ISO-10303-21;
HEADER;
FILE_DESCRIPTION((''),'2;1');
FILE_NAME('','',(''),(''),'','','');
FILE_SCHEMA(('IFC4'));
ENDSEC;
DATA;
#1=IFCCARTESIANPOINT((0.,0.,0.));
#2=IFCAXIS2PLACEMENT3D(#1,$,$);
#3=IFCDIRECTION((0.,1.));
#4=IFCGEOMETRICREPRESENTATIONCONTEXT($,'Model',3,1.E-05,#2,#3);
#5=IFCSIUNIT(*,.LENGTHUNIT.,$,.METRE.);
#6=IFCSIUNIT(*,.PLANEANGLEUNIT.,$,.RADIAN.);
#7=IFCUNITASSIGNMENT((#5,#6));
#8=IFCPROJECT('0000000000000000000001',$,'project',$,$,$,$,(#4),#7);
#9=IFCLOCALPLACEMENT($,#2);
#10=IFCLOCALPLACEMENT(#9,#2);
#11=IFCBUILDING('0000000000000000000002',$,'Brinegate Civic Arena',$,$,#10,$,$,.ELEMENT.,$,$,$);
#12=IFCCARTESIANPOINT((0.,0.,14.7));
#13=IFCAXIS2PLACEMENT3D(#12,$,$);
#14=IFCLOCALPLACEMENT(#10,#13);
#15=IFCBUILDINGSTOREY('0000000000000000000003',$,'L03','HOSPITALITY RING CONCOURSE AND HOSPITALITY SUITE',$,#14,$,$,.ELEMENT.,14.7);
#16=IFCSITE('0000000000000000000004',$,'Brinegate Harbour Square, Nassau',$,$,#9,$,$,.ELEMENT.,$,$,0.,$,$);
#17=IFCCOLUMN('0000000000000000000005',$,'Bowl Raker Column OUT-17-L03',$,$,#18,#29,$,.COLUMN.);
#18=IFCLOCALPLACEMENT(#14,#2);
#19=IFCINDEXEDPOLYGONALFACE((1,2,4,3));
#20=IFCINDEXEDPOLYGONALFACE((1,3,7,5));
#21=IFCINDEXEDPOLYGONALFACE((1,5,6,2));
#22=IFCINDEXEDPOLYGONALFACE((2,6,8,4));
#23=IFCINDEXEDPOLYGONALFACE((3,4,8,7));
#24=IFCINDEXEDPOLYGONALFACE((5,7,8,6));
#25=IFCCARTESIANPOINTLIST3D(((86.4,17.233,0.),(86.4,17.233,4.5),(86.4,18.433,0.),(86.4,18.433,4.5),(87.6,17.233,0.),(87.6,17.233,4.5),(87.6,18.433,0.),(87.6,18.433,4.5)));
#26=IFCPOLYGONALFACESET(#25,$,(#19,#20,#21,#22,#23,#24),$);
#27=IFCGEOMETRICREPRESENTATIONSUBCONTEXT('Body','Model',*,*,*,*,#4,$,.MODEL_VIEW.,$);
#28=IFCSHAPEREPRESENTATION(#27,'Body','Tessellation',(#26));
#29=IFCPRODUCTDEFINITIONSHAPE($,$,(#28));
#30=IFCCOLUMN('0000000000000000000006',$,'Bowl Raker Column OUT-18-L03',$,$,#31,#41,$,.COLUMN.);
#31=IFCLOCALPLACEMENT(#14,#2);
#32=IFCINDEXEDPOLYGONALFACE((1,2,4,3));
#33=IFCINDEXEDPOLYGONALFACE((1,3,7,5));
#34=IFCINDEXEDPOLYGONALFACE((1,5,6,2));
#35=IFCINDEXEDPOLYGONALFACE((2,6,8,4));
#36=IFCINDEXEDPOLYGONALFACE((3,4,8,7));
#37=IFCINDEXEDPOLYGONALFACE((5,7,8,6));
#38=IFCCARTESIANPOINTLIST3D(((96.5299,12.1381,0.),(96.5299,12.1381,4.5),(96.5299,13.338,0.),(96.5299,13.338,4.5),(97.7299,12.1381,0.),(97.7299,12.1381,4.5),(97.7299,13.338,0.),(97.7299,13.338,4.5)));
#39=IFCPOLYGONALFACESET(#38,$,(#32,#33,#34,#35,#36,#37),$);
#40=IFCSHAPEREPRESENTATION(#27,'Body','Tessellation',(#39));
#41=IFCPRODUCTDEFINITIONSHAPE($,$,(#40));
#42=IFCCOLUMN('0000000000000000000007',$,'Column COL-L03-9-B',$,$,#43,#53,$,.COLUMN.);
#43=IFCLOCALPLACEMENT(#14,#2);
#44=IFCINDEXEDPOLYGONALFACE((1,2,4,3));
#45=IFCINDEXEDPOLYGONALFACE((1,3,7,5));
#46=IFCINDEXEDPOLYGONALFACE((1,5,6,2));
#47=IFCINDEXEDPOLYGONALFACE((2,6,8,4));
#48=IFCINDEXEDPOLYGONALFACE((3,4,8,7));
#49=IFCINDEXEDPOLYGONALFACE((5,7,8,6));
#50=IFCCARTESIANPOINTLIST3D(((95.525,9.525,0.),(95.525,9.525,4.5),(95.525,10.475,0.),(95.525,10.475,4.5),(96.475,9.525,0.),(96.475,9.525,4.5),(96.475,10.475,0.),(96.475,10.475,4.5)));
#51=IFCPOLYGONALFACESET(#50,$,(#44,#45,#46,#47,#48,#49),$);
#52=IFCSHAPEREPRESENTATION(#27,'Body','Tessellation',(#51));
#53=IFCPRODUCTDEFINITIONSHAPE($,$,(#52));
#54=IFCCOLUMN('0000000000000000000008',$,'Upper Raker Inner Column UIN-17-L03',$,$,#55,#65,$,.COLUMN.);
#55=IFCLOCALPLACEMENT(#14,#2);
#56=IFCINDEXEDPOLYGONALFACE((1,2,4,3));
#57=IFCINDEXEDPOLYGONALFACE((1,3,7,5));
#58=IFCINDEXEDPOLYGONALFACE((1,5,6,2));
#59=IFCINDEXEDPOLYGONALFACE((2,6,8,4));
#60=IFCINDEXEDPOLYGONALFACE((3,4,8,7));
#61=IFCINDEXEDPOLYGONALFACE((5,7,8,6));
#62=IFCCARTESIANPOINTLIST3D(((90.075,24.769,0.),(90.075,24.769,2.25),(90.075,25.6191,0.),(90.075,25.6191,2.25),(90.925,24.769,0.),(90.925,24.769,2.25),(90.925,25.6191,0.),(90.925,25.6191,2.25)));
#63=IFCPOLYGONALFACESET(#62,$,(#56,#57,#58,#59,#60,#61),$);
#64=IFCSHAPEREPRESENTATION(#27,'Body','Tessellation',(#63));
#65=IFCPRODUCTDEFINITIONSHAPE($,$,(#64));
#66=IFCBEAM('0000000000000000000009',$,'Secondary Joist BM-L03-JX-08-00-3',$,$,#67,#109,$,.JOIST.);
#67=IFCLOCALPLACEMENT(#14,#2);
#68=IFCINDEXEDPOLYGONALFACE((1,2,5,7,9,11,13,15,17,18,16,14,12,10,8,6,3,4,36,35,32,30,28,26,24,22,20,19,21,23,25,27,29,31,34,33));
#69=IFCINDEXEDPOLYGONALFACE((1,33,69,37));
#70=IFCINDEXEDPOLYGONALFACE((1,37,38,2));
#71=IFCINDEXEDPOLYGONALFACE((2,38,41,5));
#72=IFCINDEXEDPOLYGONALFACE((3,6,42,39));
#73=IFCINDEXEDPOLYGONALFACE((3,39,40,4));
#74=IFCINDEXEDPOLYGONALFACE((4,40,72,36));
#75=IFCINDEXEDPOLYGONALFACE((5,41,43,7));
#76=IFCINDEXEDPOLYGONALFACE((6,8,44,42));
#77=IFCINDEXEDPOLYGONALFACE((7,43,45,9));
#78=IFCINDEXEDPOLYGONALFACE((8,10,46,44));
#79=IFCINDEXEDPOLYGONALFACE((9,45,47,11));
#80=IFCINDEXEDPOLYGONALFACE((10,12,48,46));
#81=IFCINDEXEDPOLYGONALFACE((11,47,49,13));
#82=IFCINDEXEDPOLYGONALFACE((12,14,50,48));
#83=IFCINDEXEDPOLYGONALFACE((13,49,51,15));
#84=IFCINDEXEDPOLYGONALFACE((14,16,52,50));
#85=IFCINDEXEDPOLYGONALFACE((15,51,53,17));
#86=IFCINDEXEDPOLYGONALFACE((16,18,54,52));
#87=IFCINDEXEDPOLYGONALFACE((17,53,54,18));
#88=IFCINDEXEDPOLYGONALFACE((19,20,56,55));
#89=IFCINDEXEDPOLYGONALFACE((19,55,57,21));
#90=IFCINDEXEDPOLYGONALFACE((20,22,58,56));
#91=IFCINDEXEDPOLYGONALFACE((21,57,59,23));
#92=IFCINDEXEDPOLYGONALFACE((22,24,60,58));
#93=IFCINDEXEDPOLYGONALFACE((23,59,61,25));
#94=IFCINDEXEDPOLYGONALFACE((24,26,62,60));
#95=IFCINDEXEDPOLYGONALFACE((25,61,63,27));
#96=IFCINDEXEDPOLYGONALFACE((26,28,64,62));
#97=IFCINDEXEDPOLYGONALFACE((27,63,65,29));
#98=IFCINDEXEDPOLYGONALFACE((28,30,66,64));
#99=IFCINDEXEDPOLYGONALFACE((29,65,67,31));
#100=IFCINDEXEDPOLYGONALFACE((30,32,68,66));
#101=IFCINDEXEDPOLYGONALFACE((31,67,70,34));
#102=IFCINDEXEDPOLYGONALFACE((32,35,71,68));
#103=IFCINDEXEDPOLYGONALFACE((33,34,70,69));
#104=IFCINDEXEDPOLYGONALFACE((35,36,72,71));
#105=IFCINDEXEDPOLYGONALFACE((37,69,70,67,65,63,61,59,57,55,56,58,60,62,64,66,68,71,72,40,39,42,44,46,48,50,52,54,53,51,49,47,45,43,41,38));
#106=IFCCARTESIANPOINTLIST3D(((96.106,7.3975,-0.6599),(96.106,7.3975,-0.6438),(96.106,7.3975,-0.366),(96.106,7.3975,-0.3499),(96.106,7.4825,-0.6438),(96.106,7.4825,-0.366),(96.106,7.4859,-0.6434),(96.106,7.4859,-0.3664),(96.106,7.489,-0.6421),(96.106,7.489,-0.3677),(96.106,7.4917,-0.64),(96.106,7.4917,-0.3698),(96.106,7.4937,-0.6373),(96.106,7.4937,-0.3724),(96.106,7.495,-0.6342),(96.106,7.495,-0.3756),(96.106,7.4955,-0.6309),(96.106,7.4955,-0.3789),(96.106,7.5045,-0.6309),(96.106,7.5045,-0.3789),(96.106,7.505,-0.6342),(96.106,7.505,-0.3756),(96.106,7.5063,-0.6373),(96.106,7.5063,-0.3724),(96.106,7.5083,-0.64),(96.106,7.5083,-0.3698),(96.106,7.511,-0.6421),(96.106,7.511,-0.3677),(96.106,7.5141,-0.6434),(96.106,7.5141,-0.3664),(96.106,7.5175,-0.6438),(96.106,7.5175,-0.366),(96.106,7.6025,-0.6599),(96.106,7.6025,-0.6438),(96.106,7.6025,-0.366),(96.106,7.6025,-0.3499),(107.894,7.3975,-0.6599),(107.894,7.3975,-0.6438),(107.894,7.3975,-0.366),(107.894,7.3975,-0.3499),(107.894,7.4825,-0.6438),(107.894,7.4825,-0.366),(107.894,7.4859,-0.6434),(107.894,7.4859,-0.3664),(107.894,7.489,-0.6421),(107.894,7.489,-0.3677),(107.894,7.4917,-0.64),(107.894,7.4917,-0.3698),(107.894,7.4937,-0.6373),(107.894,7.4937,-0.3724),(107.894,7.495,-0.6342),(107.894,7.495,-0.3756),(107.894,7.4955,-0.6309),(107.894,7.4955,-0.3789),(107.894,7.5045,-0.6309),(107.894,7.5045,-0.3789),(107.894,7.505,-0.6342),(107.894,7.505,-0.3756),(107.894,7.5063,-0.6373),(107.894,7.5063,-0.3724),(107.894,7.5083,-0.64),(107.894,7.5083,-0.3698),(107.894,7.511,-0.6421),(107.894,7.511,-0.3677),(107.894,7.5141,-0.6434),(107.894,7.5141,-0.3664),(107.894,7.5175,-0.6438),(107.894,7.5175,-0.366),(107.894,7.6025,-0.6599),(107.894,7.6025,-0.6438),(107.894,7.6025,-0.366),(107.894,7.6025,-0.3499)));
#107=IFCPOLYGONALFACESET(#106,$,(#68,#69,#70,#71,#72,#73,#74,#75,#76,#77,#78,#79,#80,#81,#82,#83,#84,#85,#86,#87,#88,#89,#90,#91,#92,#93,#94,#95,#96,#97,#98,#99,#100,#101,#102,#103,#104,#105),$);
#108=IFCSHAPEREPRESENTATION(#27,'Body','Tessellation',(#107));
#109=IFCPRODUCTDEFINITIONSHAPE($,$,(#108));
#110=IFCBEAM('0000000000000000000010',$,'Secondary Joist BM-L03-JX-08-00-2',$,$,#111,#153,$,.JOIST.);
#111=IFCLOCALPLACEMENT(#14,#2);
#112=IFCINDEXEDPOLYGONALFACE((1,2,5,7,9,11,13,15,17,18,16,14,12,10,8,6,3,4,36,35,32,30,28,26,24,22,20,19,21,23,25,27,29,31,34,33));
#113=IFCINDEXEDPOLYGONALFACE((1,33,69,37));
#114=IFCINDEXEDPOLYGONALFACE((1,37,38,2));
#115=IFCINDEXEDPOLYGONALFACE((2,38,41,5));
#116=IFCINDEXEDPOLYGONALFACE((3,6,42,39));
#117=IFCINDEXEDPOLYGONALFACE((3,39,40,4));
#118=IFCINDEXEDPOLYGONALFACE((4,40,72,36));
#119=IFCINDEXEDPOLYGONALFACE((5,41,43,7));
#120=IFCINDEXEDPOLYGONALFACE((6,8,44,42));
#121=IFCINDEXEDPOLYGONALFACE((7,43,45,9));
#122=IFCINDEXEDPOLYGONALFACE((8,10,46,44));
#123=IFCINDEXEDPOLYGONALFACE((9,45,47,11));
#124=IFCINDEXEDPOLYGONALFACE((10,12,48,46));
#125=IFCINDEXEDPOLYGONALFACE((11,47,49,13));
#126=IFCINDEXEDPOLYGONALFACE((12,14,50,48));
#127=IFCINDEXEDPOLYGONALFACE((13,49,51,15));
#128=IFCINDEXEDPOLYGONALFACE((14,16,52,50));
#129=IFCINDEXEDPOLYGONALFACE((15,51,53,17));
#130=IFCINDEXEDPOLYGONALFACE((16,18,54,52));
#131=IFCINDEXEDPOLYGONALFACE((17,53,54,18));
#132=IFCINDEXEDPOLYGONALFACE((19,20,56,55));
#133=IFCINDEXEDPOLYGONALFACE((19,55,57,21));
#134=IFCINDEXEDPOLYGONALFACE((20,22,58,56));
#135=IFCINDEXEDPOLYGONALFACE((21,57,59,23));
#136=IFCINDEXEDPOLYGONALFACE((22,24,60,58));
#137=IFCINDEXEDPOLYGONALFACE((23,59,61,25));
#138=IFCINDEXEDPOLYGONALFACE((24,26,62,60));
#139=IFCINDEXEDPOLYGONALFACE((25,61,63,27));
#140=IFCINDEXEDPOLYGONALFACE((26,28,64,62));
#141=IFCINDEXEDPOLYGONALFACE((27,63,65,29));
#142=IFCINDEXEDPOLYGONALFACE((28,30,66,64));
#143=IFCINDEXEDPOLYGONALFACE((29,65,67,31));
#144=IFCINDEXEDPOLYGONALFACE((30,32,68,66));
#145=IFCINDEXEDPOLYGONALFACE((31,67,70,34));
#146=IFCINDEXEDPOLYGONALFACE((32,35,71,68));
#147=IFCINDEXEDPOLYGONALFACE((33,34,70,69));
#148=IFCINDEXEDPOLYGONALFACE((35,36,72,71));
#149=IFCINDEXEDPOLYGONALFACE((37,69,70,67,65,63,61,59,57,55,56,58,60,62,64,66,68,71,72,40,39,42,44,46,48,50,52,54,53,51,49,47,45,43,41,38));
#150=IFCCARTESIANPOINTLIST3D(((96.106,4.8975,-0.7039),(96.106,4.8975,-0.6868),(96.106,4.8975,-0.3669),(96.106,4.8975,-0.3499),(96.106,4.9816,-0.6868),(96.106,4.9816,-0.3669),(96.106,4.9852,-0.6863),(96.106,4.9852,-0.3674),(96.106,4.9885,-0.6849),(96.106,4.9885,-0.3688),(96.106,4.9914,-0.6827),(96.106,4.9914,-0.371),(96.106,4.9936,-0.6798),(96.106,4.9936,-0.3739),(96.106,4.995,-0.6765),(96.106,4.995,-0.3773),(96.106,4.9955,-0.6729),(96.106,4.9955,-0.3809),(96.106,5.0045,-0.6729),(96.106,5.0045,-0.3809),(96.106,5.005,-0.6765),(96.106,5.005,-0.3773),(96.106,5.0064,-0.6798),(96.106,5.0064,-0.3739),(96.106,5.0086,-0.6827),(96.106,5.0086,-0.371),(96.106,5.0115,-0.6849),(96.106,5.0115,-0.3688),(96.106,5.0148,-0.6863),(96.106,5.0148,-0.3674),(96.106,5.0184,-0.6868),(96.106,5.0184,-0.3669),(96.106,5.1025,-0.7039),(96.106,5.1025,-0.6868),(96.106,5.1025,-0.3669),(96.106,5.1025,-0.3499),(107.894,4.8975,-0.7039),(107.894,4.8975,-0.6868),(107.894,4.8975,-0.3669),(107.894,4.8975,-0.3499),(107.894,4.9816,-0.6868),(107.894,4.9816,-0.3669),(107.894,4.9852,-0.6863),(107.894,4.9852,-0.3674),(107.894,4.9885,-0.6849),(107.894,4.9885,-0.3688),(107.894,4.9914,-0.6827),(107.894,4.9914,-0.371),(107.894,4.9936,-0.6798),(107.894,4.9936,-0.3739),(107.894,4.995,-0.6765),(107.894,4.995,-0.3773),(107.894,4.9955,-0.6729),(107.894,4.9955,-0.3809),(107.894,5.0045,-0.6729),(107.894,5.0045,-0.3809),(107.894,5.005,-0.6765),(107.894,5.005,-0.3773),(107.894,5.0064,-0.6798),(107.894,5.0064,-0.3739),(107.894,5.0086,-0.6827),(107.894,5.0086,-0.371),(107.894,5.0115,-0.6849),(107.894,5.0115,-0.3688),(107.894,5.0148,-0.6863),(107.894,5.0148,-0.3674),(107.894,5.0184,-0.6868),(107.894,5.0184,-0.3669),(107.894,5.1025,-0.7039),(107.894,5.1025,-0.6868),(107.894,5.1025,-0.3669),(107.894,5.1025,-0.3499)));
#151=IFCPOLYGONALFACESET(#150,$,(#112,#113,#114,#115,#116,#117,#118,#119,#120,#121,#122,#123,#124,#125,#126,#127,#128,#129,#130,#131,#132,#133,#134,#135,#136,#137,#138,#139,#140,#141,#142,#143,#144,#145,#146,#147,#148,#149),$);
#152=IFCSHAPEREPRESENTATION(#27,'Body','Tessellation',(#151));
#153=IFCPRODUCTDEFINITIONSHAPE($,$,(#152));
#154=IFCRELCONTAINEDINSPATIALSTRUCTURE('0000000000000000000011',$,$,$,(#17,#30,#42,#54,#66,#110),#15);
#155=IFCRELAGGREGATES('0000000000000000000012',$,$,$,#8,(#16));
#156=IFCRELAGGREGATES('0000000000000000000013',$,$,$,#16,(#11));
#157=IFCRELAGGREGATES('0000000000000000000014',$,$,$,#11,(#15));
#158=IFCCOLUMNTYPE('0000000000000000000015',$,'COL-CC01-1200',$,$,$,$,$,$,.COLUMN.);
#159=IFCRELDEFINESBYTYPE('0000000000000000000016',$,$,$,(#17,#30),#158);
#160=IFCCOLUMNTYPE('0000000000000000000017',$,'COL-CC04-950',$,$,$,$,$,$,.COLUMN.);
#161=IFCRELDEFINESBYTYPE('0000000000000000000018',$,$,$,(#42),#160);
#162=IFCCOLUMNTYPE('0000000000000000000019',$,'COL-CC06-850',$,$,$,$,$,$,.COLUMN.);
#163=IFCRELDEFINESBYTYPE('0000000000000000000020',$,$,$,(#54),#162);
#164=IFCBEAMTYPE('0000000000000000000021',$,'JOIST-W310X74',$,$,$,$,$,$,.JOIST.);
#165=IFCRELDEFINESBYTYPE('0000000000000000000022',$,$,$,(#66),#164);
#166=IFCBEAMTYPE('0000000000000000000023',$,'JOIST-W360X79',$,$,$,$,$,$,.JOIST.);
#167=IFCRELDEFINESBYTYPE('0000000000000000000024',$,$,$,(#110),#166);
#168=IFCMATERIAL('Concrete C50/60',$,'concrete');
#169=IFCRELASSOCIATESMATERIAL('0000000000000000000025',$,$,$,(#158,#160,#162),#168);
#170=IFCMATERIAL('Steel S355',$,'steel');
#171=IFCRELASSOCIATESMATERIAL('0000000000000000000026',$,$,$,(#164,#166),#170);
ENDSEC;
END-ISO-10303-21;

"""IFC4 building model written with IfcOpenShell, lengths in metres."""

from ifc_helpers import new_model, si_unit, direction, frame, origin, origin_2d, place, context, subcontext, project, spatial, rectangle, i_section, extrude, material, material_profile, profile_set, type_object, element, save


model = new_model("IFC4")

# Units and contexts
model_context = context("Model", 3, precision=1e-05, world=origin(), true_north=direction((0.0, 1.0)))
body_context = subcontext(model_context, "Body", "Model", "MODEL_VIEW")
ifc_project = project(units=[si_unit("LENGTHUNIT", "METRE"), si_unit("PLANEANGLEUNIT", "RADIAN")], contexts=[model_context])

# Site, building, storey
site_placement = place(None, origin())
site = spatial("IfcSite", under=ifc_project, at=site_placement, Name="Brinegate Harbour Square, Nassau", CompositionType="ELEMENT", RefElevation=0.0)
building_placement = place(site_placement, origin())
building = spatial("IfcBuilding", under=site, at=building_placement, Name="Brinegate Civic Arena", CompositionType="ELEMENT")
storey_placement = place(building_placement, frame((0.0, 0.0, 14.7)))
storey = spatial("IfcBuildingStorey", under=building, at=storey_placement, Name="L03", Description="HOSPITALITY RING CONCOURSE AND HOSPITALITY SUITE", CompositionType="ELEMENT", Elevation=14.7)

# Columns
ifc_material_1 = material(Name="Concrete C50/60", Category="concrete")
ifc_material_profile_1 = material_profile(ifc_material_1, rectangle(XDim=1.2, YDim=1.2, at=origin_2d()), Name="RC1200X1200")
ifc_profile_set_1 = profile_set([ifc_material_profile_1], Name="Concrete C50/60")
column_type_1 = type_object("IfcColumnType", Name="COL-CC01-1200", PredefinedType="COLUMN", material=ifc_profile_set_1)
for number, where, z_axis, x_axis, name in (
    (1, (87.0, 17.833, 0.0), (0.0, 0.0, 1.0), (1.0, 0.0, 0.0), "Bowl Raker Column OUT-17-L03"),
    (2, (97.1299, 12.738, 0.0), (0.0, 0.0, 1.0), (1.0, 0.0, 0.0), "Bowl Raker Column OUT-18-L03"),
):
    element("IfcColumn", number, at=place(storey_placement, frame(where, z_axis=z_axis, x_axis=x_axis)), inside=storey, type_object=column_type_1, Name=name, PredefinedType="COLUMN", context=body_context, shape_type="SweptSolid", body=[
        extrude(rectangle(XDim=1.2, YDim=1.2, at=origin_2d()), origin(), (0.0, 0.0, 1.0), 4.5),
    ])
ifc_material_profile_2 = material_profile(ifc_material_1, rectangle(XDim=0.95, YDim=0.95, at=origin_2d()), Name="RC950X950")
ifc_profile_set_2 = profile_set([ifc_material_profile_2], Name="Concrete C50/60")
column_type_2 = type_object("IfcColumnType", Name="COL-CC04-950", PredefinedType="COLUMN", material=ifc_profile_set_2)
column_1_placement = place(storey_placement, frame((96.0, 10.0, 0.0), z_axis=(0.0, 0.0, 1.0), x_axis=(1.0, 0.0, 0.0)))
element("IfcColumn", 3, at=column_1_placement, inside=storey, type_object=column_type_2, Name="Column COL-L03-9-B", PredefinedType="COLUMN", context=body_context, shape_type="SweptSolid", body=[
    extrude(rectangle(XDim=0.95, YDim=0.95, at=origin_2d()), origin(), (0.0, 0.0, 1.0), 4.5),
])
ifc_material_profile_3 = material_profile(ifc_material_1, rectangle(XDim=0.8501, YDim=0.8501, at=origin_2d()), Name="RC850X850")
ifc_profile_set_3 = profile_set([ifc_material_profile_3], Name="Concrete C50/60")
column_type_3 = type_object("IfcColumnType", Name="COL-CC06-850", PredefinedType="COLUMN", material=ifc_profile_set_3)
column_2_placement = place(storey_placement, frame((90.5, 25.1941, 0.0), z_axis=(0.0, 0.0, 1.0), x_axis=(1.0, 0.0, 0.0)))
element("IfcColumn", 4, at=column_2_placement, inside=storey, type_object=column_type_3, Name="Upper Raker Inner Column UIN-17-L03", PredefinedType="COLUMN", context=body_context, shape_type="SweptSolid", body=[
    extrude(rectangle(XDim=0.8501, YDim=0.8501, at=origin_2d()), origin(), (0.0, 0.0, 1.0), 2.25),
])

# Beams
ifc_material_2 = material(Name="Steel S355", Category="steel")
ifc_material_profile_4 = material_profile(ifc_material_2, i_section(OverallWidth=0.2051, OverallDepth=0.3101, WebThickness=0.009, FlangeThickness=0.0161, FilletRadius=0.0129, at=origin_2d()), Name="W310X74")
ifc_profile_set_4 = profile_set([ifc_material_profile_4], Name="Steel S355")
beam_type_1 = type_object("IfcBeamType", Name="JOIST-W310X74", PredefinedType="JOIST", material=ifc_profile_set_4)
beam_1_placement = place(storey_placement, frame((96.106, 7.5, -0.5049), z_axis=(1.0, 0.0, 0.0), x_axis=(0.0, 1.0, 0.0)))
element("IfcBeam", 5, at=beam_1_placement, inside=storey, type_object=beam_type_1, Name="Secondary Joist BM-L03-JX-08-00-3", PredefinedType="JOIST", context=body_context, shape_type="SweptSolid", body=[
    extrude(i_section(OverallWidth=0.2051, OverallDepth=0.3101, WebThickness=0.009, FlangeThickness=0.0161, FilletRadius=0.0129, at=origin_2d()), origin(), (0.0, 0.0, 1.0), 11.7881),
])
ifc_material_profile_5 = material_profile(ifc_material_2, i_section(OverallWidth=0.2051, OverallDepth=0.354, WebThickness=0.009, FlangeThickness=0.0171, FilletRadius=0.0139, at=origin_2d()), Name="W360X79")
ifc_profile_set_5 = profile_set([ifc_material_profile_5], Name="Steel S355")
beam_type_2 = type_object("IfcBeamType", Name="JOIST-W360X79", PredefinedType="JOIST", material=ifc_profile_set_5)
beam_2_placement = place(storey_placement, frame((96.106, 5.0, -0.5269), z_axis=(1.0, 0.0, 0.0), x_axis=(0.0, 1.0, 0.0)))
element("IfcBeam", 6, at=beam_2_placement, inside=storey, type_object=beam_type_2, Name="Secondary Joist BM-L03-JX-08-00-2", PredefinedType="JOIST", context=body_context, shape_type="SweptSolid", body=[
    extrude(i_section(OverallWidth=0.2051, OverallDepth=0.354, WebThickness=0.009, FlangeThickness=0.0171, FilletRadius=0.0139, at=origin_2d()), origin(), (0.0, 0.0, 1.0), 11.7881),
])

save(model, "model.ifc")
